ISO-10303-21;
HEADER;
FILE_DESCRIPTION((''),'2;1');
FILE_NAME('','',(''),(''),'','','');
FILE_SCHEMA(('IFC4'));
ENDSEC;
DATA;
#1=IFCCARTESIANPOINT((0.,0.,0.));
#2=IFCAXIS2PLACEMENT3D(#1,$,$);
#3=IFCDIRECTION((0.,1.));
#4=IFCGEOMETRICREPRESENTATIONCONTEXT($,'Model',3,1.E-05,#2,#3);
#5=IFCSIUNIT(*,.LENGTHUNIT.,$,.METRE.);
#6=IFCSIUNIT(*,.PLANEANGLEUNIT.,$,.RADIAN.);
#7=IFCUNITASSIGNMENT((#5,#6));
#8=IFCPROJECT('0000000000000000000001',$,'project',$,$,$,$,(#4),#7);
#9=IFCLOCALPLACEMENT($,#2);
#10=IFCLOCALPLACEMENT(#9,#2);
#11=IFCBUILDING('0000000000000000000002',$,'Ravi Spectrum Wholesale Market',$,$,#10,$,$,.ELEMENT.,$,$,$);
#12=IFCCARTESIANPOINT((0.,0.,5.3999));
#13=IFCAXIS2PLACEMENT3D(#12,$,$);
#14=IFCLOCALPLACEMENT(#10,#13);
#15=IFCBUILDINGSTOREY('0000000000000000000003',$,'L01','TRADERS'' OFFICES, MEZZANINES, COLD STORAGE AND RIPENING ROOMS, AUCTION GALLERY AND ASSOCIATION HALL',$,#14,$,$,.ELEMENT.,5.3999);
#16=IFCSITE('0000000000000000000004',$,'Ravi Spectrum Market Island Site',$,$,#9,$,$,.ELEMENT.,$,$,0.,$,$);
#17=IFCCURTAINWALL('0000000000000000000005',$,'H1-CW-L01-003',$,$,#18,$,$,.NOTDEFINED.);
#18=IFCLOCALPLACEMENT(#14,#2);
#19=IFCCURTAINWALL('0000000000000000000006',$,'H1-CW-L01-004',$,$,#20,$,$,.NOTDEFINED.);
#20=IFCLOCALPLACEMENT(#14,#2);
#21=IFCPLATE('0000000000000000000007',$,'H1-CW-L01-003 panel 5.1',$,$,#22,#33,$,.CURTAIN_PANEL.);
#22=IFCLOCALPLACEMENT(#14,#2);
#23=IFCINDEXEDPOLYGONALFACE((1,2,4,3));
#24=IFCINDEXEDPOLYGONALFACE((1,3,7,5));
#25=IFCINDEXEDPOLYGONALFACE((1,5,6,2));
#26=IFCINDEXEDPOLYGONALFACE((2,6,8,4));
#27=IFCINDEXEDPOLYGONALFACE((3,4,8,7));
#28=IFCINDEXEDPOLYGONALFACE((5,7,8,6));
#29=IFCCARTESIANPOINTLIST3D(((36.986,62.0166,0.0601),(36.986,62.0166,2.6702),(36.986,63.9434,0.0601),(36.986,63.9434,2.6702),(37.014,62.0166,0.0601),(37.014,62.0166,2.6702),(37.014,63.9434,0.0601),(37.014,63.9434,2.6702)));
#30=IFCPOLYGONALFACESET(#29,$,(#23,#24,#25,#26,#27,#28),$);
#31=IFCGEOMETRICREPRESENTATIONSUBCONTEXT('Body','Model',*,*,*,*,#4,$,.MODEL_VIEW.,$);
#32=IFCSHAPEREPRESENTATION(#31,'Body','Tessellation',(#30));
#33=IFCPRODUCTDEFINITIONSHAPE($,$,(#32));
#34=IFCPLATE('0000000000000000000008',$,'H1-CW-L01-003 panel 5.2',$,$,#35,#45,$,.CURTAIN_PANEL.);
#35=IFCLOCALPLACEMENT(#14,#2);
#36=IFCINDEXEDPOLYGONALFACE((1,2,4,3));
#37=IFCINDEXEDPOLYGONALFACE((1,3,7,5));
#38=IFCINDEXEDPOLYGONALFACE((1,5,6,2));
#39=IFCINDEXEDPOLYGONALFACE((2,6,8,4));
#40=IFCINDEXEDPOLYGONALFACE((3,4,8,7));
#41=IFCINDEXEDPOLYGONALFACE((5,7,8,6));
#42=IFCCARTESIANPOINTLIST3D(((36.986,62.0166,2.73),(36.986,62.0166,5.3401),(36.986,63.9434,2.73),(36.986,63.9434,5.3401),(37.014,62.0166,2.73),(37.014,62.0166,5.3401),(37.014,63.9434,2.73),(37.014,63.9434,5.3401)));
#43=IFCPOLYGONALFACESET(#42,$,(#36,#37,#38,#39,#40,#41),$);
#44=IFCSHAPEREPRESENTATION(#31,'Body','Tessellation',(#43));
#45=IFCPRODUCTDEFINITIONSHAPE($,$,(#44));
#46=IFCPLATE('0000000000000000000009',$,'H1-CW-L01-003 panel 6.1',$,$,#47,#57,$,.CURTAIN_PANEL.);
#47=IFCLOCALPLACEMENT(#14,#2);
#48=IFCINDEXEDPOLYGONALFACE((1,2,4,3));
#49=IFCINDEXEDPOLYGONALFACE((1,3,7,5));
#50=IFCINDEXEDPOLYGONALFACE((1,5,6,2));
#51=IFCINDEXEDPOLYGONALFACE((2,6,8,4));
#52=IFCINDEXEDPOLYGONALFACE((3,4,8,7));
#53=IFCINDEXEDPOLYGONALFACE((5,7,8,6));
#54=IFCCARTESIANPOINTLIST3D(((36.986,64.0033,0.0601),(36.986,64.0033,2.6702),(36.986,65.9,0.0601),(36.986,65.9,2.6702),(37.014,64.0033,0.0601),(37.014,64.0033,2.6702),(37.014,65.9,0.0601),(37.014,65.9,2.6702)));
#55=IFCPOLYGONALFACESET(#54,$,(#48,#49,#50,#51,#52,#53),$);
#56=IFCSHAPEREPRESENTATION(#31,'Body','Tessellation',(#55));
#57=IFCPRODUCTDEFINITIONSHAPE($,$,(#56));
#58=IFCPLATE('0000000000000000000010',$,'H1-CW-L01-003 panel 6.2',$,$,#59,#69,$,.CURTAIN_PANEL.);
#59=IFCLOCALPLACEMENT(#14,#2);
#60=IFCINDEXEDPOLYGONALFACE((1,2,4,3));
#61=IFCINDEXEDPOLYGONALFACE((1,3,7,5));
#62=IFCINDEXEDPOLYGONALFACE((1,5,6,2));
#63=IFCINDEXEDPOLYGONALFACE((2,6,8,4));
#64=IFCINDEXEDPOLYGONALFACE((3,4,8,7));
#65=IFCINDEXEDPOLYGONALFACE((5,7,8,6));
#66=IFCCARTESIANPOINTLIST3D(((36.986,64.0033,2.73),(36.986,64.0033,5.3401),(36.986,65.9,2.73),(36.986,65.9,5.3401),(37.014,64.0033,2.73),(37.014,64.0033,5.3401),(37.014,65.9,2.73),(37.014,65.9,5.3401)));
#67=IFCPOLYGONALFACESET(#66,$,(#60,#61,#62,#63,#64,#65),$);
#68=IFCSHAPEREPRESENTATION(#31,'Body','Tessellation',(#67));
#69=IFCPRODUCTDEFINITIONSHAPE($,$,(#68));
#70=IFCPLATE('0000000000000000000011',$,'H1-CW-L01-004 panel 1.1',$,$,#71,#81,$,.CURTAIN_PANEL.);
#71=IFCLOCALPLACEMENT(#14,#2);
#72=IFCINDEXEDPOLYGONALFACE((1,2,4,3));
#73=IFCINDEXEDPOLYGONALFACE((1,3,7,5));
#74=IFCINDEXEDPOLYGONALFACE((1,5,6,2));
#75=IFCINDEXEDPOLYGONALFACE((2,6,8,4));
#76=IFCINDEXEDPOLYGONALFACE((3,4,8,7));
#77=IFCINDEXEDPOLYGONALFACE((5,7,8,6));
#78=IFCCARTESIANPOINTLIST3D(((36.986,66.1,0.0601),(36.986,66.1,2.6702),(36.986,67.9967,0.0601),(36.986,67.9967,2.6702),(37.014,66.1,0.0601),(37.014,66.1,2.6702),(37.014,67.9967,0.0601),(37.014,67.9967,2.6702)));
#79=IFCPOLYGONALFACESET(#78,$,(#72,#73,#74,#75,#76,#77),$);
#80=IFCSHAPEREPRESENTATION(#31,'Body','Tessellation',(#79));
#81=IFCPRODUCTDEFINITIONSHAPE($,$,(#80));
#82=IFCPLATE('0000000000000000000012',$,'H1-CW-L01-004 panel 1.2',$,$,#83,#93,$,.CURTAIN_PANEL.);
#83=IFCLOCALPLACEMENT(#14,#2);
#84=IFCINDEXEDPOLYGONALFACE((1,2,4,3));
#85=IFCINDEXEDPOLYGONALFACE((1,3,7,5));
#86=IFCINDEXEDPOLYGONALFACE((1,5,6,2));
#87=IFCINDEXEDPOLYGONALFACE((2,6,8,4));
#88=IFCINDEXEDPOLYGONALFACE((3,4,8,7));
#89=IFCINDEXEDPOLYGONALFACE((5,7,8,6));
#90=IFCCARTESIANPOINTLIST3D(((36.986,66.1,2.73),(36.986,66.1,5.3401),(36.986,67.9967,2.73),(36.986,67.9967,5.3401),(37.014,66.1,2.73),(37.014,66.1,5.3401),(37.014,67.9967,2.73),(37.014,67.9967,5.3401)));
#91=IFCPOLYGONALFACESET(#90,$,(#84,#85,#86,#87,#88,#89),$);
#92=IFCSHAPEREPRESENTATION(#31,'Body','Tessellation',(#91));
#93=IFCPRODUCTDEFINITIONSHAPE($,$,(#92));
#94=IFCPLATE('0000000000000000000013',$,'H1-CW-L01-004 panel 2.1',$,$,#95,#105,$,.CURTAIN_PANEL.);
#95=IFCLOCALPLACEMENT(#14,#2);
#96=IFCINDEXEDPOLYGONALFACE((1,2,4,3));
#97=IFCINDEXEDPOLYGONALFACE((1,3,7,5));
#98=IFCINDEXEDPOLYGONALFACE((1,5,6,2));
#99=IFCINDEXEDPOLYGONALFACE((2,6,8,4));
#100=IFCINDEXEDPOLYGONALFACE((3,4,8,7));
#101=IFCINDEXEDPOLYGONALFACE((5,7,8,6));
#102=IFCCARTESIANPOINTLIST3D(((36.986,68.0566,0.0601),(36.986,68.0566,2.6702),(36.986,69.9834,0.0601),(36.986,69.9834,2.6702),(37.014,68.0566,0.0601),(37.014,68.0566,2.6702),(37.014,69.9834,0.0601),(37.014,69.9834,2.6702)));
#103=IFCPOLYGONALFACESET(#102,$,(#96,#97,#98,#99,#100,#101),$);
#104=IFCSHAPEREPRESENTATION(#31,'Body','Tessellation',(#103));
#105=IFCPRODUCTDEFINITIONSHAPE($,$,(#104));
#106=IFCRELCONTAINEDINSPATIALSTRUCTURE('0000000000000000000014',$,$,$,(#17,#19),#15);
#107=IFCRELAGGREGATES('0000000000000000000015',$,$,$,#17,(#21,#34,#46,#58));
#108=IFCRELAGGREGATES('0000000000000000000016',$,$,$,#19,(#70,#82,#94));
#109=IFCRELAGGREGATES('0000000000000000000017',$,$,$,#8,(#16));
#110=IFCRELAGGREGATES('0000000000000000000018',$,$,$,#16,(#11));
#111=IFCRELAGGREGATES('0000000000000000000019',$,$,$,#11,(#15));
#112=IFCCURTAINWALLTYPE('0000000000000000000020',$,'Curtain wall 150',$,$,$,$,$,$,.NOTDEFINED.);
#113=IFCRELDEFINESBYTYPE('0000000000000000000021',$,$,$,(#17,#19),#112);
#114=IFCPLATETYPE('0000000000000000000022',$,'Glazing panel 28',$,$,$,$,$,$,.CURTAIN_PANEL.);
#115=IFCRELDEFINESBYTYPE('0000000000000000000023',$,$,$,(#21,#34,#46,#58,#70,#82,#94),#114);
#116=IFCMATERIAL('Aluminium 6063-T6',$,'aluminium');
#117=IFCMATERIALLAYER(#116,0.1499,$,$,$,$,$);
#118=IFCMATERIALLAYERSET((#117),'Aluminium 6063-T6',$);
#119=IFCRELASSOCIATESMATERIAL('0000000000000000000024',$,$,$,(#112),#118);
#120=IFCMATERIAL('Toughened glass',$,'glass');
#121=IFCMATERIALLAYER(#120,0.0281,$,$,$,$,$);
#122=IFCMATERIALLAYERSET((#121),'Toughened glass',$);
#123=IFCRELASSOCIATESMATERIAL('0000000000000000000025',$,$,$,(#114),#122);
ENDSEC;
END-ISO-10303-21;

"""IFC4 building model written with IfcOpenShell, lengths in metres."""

from ifc_helpers import new_model, si_unit, direction, frame, origin, origin_2d, place, context, subcontext, project, spatial, rectangle, extrude, material, layer, layer_set, type_object, element, aggregate, save


model = new_model("IFC4")

# Units and contexts
model_context = context("Model", 3, precision=1e-05, world=origin(), true_north=direction((0.0, 1.0)))
body_context = subcontext(model_context, "Body", "Model", "MODEL_VIEW")
ifc_project = project(units=[si_unit("LENGTHUNIT", "METRE"), si_unit("PLANEANGLEUNIT", "RADIAN")], contexts=[model_context])

# Site, building, storey
site_placement = place(None, origin())
site = spatial("IfcSite", under=ifc_project, at=site_placement, Name="Ravi Spectrum Market Island Site", CompositionType="ELEMENT", RefElevation=0.0)
building_placement = place(site_placement, origin())
building = spatial("IfcBuilding", under=site, at=building_placement, Name="Ravi Spectrum Wholesale Market", CompositionType="ELEMENT")
storey_placement = place(building_placement, frame((0.0, 0.0, 5.3999)))
storey = spatial("IfcBuildingStorey", under=building, at=storey_placement, Name="L01", Description="TRADERS' OFFICES, MEZZANINES, COLD STORAGE AND RIPENING ROOMS, AUCTION GALLERY AND ASSOCIATION HALL", CompositionType="ELEMENT", Elevation=5.3999)

# Curtain walls
ifc_material_1 = material(Name="Aluminium 6063-T6", Category="aluminium")
ifc_layer_1 = layer(ifc_material_1, 0.1499)
ifc_layer_set_1 = layer_set([ifc_layer_1], Name="Aluminium 6063-T6")
curtain_wall_type = type_object("IfcCurtainWallType", Name="Curtain wall 150", PredefinedType="NOTDEFINED", material=ifc_layer_set_1)
curtain_wall_1_placement = place(storey_placement, origin())
curtain_wall_1 = element("IfcCurtainWall", 1, at=curtain_wall_1_placement, inside=storey, type_object=curtain_wall_type, Name="H1-CW-L01-003", PredefinedType="NOTDEFINED")
curtain_wall_2_placement = place(storey_placement, origin())
curtain_wall_2 = element("IfcCurtainWall", 2, at=curtain_wall_2_placement, inside=storey, type_object=curtain_wall_type, Name="H1-CW-L01-004", PredefinedType="NOTDEFINED")

# Plates
ifc_material_2 = material(Name="Toughened glass", Category="glass")
ifc_layer_2 = layer(ifc_material_2, 0.0281)
ifc_layer_set_2 = layer_set([ifc_layer_2], Name="Toughened glass")
plate_type = type_object("IfcPlateType", Name="Glazing panel 28", PredefinedType="CURTAIN_PANEL", material=ifc_layer_set_2)
plate_1_placement = place(storey_placement, frame((37.0, 62.98, 0.0601), z_axis=(0.0, 0.0, 1.0), x_axis=(0.0, 1.0, 0.0)))
plate_1 = element("IfcPlate", 3, at=plate_1_placement, type_object=plate_type, Name="H1-CW-L01-003 panel 5.1", PredefinedType="CURTAIN_PANEL", context=body_context, shape_type="SweptSolid", body=[
    extrude(rectangle(XDim=1.9268, YDim=0.0281, at=origin_2d()), origin(), (0.0, 0.0, 1.0), 2.6101),
])
plate_2_placement = place(storey_placement, frame((37.0, 62.98, 2.73), z_axis=(0.0, 0.0, 1.0), x_axis=(0.0, 1.0, 0.0)))
plate_2 = element("IfcPlate", 4, at=plate_2_placement, type_object=plate_type, Name="H1-CW-L01-003 panel 5.2", PredefinedType="CURTAIN_PANEL", context=body_context, shape_type="SweptSolid", body=[
    extrude(rectangle(XDim=1.9268, YDim=0.0281, at=origin_2d()), origin(), (0.0, 0.0, 1.0), 2.6101),
])
plate_3_placement = place(storey_placement, frame((37.0, 64.9517, 0.0601), z_axis=(0.0, 0.0, 1.0), x_axis=(0.0, 1.0, 0.0)))
plate_3 = element("IfcPlate", 5, at=plate_3_placement, type_object=plate_type, Name="H1-CW-L01-003 panel 6.1", PredefinedType="CURTAIN_PANEL", context=body_context, shape_type="SweptSolid", body=[
    extrude(rectangle(XDim=1.8967, YDim=0.0281, at=origin_2d()), origin(), (0.0, 0.0, 1.0), 2.6101),
])
plate_4_placement = place(storey_placement, frame((37.0, 64.9517, 2.73), z_axis=(0.0, 0.0, 1.0), x_axis=(0.0, 1.0, 0.0)))
plate_4 = element("IfcPlate", 6, at=plate_4_placement, type_object=plate_type, Name="H1-CW-L01-003 panel 6.2", PredefinedType="CURTAIN_PANEL", context=body_context, shape_type="SweptSolid", body=[
    extrude(rectangle(XDim=1.8967, YDim=0.0281, at=origin_2d()), origin(), (0.0, 0.0, 1.0), 2.6101),
])
aggregate(curtain_wall_1, [plate_1, plate_2, plate_3, plate_4])
plate_5_placement = place(storey_placement, frame((37.0, 67.0483, 0.0601), z_axis=(0.0, 0.0, 1.0), x_axis=(0.0, 1.0, 0.0)))
plate_5 = element("IfcPlate", 7, at=plate_5_placement, type_object=plate_type, Name="H1-CW-L01-004 panel 1.1", PredefinedType="CURTAIN_PANEL", context=body_context, shape_type="SweptSolid", body=[
    extrude(rectangle(XDim=1.8967, YDim=0.0281, at=origin_2d()), origin(), (0.0, 0.0, 1.0), 2.6101),
])
plate_6_placement = place(storey_placement, frame((37.0, 67.0483, 2.73), z_axis=(0.0, 0.0, 1.0), x_axis=(0.0, 1.0, 0.0)))
plate_6 = element("IfcPlate", 8, at=plate_6_placement, type_object=plate_type, Name="H1-CW-L01-004 panel 1.2", PredefinedType="CURTAIN_PANEL", context=body_context, shape_type="SweptSolid", body=[
    extrude(rectangle(XDim=1.8967, YDim=0.0281, at=origin_2d()), origin(), (0.0, 0.0, 1.0), 2.6101),
])
plate_7_placement = place(storey_placement, frame((37.0, 69.02, 0.0601), z_axis=(0.0, 0.0, 1.0), x_axis=(0.0, 1.0, 0.0)))
plate_7 = element("IfcPlate", 9, at=plate_7_placement, type_object=plate_type, Name="H1-CW-L01-004 panel 2.1", PredefinedType="CURTAIN_PANEL", context=body_context, shape_type="SweptSolid", body=[
    extrude(rectangle(XDim=1.9268, YDim=0.0281, at=origin_2d()), origin(), (0.0, 0.0, 1.0), 2.6101),
])
aggregate(curtain_wall_2, [plate_5, plate_6, plate_7])

save(model, "model.ifc")
